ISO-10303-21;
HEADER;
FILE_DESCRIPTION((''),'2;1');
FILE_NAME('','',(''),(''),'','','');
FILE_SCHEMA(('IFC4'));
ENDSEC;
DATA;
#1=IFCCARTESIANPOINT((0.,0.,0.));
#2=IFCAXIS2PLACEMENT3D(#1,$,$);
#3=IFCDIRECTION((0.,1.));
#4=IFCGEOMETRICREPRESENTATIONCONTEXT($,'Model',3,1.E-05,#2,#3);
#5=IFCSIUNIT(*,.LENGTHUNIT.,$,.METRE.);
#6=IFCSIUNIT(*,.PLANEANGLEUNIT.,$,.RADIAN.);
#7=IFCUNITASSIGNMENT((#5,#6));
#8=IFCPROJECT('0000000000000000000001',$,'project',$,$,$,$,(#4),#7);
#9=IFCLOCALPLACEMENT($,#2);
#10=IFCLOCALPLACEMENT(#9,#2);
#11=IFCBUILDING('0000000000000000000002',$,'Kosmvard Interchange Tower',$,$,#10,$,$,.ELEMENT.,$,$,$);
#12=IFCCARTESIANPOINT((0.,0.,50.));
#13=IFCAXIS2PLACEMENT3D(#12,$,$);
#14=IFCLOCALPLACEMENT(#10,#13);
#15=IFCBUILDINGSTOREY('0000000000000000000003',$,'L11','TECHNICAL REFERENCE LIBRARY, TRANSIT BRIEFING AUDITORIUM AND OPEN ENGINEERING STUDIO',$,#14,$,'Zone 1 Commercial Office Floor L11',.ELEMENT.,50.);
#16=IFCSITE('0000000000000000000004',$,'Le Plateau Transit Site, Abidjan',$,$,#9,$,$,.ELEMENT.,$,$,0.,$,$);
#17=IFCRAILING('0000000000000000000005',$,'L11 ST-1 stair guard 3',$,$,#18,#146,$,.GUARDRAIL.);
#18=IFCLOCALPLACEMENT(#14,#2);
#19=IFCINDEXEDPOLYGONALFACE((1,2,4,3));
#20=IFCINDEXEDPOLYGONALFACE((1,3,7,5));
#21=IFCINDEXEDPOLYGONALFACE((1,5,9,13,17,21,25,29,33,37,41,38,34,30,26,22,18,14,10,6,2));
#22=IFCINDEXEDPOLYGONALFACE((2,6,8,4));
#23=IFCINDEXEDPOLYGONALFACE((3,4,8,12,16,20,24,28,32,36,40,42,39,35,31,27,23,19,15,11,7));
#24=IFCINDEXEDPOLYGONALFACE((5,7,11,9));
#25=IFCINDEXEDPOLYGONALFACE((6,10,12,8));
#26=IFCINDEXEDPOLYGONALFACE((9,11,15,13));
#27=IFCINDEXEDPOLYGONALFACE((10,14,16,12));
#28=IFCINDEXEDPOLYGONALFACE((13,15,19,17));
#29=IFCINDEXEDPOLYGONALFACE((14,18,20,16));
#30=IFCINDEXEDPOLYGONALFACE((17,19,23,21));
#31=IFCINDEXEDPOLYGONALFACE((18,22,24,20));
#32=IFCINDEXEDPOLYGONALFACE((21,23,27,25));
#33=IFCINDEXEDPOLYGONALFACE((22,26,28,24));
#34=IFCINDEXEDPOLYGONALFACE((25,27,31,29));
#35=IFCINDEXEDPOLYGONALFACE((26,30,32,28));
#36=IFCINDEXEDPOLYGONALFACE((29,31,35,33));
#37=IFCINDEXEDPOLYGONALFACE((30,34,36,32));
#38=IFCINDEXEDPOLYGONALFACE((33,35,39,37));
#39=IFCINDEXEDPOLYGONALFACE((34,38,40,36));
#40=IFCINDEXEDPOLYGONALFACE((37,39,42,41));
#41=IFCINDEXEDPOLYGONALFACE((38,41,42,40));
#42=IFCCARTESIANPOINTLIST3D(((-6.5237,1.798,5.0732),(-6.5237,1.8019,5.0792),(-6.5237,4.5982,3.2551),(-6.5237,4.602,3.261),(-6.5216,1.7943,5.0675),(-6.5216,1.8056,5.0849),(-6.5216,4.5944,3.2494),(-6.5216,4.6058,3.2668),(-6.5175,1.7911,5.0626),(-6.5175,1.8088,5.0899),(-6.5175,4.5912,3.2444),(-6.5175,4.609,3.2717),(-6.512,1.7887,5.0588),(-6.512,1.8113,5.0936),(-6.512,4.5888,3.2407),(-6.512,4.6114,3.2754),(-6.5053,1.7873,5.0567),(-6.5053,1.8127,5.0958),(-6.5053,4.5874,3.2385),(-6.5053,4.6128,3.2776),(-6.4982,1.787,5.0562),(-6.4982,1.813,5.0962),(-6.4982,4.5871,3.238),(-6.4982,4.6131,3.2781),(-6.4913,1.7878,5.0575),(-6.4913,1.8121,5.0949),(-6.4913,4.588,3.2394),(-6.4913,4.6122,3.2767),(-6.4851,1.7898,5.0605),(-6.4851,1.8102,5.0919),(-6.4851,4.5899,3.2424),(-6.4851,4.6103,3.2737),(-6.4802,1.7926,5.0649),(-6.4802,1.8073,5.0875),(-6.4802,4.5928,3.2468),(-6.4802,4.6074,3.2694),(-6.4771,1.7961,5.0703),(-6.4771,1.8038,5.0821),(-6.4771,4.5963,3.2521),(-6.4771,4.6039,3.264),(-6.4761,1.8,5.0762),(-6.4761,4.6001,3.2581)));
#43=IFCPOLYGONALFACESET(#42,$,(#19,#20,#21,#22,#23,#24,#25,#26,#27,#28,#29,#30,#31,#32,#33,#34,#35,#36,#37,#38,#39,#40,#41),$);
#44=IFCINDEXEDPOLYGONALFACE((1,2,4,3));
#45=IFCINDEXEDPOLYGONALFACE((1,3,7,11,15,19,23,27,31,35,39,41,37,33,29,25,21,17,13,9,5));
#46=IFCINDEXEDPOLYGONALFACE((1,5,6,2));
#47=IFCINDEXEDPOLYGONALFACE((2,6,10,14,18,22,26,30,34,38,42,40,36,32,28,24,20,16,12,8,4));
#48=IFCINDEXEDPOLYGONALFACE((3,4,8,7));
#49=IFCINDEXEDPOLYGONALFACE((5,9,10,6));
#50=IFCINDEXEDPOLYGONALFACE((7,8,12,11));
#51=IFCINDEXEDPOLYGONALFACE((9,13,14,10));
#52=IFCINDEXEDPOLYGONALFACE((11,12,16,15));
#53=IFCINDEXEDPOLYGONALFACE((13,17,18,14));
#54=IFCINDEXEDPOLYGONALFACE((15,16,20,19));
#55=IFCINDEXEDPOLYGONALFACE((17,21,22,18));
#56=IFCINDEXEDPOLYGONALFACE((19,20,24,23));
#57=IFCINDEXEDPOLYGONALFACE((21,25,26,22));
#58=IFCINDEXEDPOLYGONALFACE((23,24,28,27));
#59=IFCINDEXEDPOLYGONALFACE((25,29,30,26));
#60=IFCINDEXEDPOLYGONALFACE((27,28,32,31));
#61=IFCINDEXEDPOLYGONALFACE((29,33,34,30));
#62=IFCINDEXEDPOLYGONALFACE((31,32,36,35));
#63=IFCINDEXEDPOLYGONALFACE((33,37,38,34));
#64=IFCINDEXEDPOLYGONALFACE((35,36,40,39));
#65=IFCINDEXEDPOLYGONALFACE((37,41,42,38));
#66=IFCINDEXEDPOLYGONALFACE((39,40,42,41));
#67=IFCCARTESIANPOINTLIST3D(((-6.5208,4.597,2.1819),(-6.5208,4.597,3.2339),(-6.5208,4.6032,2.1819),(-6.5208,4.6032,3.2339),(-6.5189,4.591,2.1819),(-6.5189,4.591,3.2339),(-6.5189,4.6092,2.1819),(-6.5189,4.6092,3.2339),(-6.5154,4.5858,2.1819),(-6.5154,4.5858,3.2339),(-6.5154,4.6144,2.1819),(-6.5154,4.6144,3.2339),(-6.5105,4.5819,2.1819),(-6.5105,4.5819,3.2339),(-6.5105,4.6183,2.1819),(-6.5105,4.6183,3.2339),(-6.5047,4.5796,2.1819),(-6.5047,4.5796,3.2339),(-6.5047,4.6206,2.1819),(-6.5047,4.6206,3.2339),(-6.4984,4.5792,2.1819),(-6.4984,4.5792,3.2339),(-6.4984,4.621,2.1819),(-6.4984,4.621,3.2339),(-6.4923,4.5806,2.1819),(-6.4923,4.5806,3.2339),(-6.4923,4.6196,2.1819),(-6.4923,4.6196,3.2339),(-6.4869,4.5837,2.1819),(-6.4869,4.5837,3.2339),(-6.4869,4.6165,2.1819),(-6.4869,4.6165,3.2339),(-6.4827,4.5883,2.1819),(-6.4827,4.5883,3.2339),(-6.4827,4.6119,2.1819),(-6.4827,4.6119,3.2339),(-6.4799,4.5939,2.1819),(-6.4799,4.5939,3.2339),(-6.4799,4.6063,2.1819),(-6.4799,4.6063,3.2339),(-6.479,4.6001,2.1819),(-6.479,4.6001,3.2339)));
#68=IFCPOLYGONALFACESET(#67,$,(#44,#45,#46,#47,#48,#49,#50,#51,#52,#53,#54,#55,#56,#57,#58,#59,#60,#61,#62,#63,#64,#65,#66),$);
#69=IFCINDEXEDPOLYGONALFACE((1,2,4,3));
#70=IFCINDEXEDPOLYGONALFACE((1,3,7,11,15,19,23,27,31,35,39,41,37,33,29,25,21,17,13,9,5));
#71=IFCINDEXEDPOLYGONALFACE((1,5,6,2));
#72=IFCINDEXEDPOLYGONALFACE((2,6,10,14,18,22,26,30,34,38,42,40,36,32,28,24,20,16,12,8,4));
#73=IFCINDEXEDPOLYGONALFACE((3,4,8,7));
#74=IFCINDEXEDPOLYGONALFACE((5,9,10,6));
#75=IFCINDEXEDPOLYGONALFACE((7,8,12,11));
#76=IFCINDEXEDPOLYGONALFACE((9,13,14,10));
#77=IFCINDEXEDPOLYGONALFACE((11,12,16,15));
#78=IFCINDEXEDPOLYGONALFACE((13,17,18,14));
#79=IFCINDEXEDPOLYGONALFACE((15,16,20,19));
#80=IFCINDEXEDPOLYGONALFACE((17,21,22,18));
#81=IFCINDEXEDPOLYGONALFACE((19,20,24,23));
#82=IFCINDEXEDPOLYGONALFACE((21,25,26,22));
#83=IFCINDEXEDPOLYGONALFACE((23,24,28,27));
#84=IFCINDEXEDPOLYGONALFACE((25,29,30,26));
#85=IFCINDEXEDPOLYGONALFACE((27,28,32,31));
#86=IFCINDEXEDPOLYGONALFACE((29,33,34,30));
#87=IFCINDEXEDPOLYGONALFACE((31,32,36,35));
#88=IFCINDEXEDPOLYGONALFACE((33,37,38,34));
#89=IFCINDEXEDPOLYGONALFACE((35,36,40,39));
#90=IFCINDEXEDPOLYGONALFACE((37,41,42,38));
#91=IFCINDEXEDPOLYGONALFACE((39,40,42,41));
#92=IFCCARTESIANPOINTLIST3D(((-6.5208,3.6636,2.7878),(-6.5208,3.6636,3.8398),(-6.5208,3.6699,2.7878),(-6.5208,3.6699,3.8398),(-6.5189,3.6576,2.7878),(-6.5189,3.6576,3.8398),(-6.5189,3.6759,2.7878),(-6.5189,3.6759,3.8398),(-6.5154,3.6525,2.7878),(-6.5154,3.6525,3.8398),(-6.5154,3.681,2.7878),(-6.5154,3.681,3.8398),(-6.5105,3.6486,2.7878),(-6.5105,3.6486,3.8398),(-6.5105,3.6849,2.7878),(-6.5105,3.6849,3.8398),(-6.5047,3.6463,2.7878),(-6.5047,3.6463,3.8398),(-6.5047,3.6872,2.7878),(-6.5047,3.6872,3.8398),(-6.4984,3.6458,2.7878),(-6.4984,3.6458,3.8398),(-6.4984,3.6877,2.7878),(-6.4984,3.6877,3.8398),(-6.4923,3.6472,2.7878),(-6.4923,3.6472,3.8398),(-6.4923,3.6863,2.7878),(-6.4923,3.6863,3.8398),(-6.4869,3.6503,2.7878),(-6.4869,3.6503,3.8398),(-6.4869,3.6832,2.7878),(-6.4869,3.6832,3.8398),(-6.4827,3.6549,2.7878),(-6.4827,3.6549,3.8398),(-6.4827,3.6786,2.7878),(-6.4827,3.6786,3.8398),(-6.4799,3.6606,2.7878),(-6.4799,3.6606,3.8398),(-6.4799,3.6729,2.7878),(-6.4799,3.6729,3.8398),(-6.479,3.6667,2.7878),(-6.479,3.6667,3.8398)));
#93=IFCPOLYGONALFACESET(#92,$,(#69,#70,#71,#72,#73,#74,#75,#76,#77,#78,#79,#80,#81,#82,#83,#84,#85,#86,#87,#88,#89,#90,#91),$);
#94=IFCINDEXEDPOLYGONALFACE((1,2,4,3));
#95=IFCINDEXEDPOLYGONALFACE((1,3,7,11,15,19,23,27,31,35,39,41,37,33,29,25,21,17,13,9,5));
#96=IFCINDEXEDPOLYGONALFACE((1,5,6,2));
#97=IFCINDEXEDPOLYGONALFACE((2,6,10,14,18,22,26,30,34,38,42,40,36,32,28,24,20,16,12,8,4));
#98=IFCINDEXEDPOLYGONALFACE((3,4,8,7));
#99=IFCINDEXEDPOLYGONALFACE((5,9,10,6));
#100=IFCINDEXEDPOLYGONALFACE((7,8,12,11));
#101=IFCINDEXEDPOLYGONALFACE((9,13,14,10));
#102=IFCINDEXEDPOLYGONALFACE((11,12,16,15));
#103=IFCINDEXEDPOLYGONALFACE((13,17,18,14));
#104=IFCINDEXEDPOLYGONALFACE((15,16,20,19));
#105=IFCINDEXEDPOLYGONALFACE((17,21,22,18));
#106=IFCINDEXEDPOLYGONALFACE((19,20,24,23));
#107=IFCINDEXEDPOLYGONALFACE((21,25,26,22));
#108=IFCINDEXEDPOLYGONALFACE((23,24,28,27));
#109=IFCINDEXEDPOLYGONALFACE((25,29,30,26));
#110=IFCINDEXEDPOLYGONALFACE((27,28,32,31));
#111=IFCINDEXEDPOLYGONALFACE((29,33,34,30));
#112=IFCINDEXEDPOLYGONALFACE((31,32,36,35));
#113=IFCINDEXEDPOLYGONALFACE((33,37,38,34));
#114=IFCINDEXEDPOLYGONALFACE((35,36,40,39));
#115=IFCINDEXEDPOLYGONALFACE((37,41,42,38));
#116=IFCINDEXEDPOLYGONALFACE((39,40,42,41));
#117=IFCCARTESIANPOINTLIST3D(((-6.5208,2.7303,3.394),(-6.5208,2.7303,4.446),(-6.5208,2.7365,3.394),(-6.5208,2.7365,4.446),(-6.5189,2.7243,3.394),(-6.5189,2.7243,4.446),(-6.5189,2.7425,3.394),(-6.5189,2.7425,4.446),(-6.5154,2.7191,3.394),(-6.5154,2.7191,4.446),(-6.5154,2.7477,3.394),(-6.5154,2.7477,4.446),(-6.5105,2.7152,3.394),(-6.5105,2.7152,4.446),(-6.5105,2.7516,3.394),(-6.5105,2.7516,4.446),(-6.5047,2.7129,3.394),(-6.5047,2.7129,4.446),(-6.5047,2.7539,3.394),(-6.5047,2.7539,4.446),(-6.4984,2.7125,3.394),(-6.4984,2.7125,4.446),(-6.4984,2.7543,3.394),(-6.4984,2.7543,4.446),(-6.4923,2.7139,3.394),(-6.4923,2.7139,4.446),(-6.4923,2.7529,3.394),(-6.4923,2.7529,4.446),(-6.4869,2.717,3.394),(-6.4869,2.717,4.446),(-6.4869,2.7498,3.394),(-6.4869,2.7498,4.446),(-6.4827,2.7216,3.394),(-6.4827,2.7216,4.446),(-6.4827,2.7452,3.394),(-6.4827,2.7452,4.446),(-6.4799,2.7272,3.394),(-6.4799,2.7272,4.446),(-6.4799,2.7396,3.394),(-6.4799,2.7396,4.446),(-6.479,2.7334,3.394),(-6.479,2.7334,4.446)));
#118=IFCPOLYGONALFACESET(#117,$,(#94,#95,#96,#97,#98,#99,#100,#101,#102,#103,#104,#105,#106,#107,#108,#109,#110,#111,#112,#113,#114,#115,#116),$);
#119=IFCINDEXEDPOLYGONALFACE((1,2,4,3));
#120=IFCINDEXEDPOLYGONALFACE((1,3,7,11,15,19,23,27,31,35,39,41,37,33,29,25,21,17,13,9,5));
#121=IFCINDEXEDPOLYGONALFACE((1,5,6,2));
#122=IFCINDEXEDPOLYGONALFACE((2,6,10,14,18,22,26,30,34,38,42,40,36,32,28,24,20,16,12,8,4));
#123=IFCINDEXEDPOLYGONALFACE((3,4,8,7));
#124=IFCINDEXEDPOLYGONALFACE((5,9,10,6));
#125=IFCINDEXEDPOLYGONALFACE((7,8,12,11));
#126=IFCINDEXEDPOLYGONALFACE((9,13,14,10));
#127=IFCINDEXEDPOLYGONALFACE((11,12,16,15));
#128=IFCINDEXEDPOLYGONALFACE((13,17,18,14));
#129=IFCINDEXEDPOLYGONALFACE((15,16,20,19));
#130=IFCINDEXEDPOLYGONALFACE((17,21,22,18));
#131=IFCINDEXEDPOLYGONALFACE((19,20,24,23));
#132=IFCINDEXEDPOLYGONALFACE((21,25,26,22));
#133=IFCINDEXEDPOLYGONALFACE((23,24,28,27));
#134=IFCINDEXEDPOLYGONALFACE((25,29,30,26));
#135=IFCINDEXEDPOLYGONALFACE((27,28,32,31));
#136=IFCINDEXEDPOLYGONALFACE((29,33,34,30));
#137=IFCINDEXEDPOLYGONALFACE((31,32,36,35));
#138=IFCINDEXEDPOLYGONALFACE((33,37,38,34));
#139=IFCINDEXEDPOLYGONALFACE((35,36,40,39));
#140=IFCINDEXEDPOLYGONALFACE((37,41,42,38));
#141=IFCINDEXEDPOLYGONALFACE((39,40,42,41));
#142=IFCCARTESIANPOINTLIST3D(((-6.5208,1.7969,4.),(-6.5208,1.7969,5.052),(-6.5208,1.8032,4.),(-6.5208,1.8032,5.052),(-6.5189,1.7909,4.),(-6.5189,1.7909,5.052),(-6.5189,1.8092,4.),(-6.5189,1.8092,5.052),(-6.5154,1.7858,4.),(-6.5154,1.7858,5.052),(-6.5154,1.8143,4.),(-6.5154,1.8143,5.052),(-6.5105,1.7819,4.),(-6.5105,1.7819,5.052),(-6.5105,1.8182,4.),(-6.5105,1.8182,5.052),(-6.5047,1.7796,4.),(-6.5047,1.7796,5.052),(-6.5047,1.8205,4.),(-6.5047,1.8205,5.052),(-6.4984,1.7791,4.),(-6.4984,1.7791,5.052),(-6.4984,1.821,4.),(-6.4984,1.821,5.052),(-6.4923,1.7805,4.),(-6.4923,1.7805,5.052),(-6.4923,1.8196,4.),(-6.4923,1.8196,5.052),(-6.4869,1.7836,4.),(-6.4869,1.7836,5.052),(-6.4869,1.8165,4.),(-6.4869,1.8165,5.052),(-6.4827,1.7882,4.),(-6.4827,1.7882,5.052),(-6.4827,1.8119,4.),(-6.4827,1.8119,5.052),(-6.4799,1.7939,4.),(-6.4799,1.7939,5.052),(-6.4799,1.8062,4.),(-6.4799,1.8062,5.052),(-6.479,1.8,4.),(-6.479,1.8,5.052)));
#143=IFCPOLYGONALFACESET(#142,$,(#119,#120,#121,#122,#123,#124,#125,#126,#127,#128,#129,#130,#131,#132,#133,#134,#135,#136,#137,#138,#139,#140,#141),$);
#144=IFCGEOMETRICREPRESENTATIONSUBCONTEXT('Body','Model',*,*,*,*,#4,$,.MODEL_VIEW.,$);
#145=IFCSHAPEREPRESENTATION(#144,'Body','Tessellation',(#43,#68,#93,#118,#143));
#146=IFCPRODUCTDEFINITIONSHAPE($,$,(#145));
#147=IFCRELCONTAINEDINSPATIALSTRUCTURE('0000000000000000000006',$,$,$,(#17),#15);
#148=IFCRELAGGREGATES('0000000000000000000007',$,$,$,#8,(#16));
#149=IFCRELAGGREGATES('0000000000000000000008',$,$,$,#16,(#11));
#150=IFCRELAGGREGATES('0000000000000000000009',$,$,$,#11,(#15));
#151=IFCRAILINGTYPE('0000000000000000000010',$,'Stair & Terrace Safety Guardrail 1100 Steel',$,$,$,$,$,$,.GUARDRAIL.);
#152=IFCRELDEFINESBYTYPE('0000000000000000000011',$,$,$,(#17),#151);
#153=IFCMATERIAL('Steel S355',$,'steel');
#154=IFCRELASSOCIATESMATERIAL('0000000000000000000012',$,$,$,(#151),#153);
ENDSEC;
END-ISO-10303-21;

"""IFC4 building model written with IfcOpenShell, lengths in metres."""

from ifc_helpers import new_model, si_unit, direction, frame, origin, origin_2d, place, context, subcontext, project, spatial, circle, extrude, source, transform, mapped, material, type_object, element, save


model = new_model("IFC4")

# Units and contexts
model_context = context("Model", 3, precision=1e-05, world=origin(), true_north=direction((0.0, 1.0)))
body_context = subcontext(model_context, "Body", "Model", "MODEL_VIEW")
ifc_project = project(units=[si_unit("LENGTHUNIT", "METRE"), si_unit("PLANEANGLEUNIT", "RADIAN")], contexts=[model_context])

# Site, building, storey
site_placement = place(None, origin())
site = spatial("IfcSite", under=ifc_project, at=site_placement, Name="Le Plateau Transit Site, Abidjan", CompositionType="ELEMENT", RefElevation=0.0)
building_placement = place(site_placement, origin())
building = spatial("IfcBuilding", under=site, at=building_placement, Name="Kosmvard Interchange Tower", CompositionType="ELEMENT")
storey_placement = place(building_placement, frame((0.0, 0.0, 50.0)))
storey = spatial("IfcBuildingStorey", under=building, at=storey_placement, Name="L11", Description="TECHNICAL REFERENCE LIBRARY, TRANSIT BRIEFING AUDITORIUM AND OPEN ENGINEERING STUDIO", LongName="Zone 1 Commercial Office Floor L11", CompositionType="ELEMENT", Elevation=50.0)

# Railing
ifc_material_1 = material(Name="Steel S355", Category="steel")
railing_type_1 = type_object("IfcRailingType", Name="Stair & Terrace Safety Guardrail 1100 Steel", PredefinedType="GUARDRAIL", material=ifc_material_1)
shared_shape_1 = source(origin(), body_context, "Body", "SweptSolid", [
    extrude(circle(Radius=0.0239, at=origin_2d()), frame((0.0, 0.0, 1.0762), z_axis=(0.0, -0.838706, 0.544585), x_axis=(1.0, 0.0, 0.0)), (0.0, 0.0, 1.0), 3.3386),
    extrude(circle(Radius=0.021, at=origin_2d()), origin(), (0.0, 0.0, 1.0), 1.052),
    extrude(circle(Radius=0.021, at=origin_2d()), frame((0.0, -0.9333, 0.606)), (0.0, 0.0, 1.0), 1.052),
    extrude(circle(Radius=0.021, at=origin_2d()), frame((0.0, -1.8667, 1.2122)), (0.0, 0.0, 1.0), 1.052),
    extrude(circle(Radius=0.021, at=origin_2d()), frame((0.0, -2.8, 1.8181)), (0.0, 0.0, 1.0), 1.052),
])
railing_1_placement = place(storey_placement, frame((-6.5, 4.6001, 2.1819)))
element("IfcRailing", 1, at=railing_1_placement, inside=storey, type_object=railing_type_1, Name="L11 ST-1 stair guard 3", PredefinedType="GUARDRAIL", context=body_context, shape_type="MappedRepresentation", body=[
    mapped(shared_shape_1, transform((0.0, 0.0, 0.0), scale=1.0)),
])

save(model, "model.ifc")
